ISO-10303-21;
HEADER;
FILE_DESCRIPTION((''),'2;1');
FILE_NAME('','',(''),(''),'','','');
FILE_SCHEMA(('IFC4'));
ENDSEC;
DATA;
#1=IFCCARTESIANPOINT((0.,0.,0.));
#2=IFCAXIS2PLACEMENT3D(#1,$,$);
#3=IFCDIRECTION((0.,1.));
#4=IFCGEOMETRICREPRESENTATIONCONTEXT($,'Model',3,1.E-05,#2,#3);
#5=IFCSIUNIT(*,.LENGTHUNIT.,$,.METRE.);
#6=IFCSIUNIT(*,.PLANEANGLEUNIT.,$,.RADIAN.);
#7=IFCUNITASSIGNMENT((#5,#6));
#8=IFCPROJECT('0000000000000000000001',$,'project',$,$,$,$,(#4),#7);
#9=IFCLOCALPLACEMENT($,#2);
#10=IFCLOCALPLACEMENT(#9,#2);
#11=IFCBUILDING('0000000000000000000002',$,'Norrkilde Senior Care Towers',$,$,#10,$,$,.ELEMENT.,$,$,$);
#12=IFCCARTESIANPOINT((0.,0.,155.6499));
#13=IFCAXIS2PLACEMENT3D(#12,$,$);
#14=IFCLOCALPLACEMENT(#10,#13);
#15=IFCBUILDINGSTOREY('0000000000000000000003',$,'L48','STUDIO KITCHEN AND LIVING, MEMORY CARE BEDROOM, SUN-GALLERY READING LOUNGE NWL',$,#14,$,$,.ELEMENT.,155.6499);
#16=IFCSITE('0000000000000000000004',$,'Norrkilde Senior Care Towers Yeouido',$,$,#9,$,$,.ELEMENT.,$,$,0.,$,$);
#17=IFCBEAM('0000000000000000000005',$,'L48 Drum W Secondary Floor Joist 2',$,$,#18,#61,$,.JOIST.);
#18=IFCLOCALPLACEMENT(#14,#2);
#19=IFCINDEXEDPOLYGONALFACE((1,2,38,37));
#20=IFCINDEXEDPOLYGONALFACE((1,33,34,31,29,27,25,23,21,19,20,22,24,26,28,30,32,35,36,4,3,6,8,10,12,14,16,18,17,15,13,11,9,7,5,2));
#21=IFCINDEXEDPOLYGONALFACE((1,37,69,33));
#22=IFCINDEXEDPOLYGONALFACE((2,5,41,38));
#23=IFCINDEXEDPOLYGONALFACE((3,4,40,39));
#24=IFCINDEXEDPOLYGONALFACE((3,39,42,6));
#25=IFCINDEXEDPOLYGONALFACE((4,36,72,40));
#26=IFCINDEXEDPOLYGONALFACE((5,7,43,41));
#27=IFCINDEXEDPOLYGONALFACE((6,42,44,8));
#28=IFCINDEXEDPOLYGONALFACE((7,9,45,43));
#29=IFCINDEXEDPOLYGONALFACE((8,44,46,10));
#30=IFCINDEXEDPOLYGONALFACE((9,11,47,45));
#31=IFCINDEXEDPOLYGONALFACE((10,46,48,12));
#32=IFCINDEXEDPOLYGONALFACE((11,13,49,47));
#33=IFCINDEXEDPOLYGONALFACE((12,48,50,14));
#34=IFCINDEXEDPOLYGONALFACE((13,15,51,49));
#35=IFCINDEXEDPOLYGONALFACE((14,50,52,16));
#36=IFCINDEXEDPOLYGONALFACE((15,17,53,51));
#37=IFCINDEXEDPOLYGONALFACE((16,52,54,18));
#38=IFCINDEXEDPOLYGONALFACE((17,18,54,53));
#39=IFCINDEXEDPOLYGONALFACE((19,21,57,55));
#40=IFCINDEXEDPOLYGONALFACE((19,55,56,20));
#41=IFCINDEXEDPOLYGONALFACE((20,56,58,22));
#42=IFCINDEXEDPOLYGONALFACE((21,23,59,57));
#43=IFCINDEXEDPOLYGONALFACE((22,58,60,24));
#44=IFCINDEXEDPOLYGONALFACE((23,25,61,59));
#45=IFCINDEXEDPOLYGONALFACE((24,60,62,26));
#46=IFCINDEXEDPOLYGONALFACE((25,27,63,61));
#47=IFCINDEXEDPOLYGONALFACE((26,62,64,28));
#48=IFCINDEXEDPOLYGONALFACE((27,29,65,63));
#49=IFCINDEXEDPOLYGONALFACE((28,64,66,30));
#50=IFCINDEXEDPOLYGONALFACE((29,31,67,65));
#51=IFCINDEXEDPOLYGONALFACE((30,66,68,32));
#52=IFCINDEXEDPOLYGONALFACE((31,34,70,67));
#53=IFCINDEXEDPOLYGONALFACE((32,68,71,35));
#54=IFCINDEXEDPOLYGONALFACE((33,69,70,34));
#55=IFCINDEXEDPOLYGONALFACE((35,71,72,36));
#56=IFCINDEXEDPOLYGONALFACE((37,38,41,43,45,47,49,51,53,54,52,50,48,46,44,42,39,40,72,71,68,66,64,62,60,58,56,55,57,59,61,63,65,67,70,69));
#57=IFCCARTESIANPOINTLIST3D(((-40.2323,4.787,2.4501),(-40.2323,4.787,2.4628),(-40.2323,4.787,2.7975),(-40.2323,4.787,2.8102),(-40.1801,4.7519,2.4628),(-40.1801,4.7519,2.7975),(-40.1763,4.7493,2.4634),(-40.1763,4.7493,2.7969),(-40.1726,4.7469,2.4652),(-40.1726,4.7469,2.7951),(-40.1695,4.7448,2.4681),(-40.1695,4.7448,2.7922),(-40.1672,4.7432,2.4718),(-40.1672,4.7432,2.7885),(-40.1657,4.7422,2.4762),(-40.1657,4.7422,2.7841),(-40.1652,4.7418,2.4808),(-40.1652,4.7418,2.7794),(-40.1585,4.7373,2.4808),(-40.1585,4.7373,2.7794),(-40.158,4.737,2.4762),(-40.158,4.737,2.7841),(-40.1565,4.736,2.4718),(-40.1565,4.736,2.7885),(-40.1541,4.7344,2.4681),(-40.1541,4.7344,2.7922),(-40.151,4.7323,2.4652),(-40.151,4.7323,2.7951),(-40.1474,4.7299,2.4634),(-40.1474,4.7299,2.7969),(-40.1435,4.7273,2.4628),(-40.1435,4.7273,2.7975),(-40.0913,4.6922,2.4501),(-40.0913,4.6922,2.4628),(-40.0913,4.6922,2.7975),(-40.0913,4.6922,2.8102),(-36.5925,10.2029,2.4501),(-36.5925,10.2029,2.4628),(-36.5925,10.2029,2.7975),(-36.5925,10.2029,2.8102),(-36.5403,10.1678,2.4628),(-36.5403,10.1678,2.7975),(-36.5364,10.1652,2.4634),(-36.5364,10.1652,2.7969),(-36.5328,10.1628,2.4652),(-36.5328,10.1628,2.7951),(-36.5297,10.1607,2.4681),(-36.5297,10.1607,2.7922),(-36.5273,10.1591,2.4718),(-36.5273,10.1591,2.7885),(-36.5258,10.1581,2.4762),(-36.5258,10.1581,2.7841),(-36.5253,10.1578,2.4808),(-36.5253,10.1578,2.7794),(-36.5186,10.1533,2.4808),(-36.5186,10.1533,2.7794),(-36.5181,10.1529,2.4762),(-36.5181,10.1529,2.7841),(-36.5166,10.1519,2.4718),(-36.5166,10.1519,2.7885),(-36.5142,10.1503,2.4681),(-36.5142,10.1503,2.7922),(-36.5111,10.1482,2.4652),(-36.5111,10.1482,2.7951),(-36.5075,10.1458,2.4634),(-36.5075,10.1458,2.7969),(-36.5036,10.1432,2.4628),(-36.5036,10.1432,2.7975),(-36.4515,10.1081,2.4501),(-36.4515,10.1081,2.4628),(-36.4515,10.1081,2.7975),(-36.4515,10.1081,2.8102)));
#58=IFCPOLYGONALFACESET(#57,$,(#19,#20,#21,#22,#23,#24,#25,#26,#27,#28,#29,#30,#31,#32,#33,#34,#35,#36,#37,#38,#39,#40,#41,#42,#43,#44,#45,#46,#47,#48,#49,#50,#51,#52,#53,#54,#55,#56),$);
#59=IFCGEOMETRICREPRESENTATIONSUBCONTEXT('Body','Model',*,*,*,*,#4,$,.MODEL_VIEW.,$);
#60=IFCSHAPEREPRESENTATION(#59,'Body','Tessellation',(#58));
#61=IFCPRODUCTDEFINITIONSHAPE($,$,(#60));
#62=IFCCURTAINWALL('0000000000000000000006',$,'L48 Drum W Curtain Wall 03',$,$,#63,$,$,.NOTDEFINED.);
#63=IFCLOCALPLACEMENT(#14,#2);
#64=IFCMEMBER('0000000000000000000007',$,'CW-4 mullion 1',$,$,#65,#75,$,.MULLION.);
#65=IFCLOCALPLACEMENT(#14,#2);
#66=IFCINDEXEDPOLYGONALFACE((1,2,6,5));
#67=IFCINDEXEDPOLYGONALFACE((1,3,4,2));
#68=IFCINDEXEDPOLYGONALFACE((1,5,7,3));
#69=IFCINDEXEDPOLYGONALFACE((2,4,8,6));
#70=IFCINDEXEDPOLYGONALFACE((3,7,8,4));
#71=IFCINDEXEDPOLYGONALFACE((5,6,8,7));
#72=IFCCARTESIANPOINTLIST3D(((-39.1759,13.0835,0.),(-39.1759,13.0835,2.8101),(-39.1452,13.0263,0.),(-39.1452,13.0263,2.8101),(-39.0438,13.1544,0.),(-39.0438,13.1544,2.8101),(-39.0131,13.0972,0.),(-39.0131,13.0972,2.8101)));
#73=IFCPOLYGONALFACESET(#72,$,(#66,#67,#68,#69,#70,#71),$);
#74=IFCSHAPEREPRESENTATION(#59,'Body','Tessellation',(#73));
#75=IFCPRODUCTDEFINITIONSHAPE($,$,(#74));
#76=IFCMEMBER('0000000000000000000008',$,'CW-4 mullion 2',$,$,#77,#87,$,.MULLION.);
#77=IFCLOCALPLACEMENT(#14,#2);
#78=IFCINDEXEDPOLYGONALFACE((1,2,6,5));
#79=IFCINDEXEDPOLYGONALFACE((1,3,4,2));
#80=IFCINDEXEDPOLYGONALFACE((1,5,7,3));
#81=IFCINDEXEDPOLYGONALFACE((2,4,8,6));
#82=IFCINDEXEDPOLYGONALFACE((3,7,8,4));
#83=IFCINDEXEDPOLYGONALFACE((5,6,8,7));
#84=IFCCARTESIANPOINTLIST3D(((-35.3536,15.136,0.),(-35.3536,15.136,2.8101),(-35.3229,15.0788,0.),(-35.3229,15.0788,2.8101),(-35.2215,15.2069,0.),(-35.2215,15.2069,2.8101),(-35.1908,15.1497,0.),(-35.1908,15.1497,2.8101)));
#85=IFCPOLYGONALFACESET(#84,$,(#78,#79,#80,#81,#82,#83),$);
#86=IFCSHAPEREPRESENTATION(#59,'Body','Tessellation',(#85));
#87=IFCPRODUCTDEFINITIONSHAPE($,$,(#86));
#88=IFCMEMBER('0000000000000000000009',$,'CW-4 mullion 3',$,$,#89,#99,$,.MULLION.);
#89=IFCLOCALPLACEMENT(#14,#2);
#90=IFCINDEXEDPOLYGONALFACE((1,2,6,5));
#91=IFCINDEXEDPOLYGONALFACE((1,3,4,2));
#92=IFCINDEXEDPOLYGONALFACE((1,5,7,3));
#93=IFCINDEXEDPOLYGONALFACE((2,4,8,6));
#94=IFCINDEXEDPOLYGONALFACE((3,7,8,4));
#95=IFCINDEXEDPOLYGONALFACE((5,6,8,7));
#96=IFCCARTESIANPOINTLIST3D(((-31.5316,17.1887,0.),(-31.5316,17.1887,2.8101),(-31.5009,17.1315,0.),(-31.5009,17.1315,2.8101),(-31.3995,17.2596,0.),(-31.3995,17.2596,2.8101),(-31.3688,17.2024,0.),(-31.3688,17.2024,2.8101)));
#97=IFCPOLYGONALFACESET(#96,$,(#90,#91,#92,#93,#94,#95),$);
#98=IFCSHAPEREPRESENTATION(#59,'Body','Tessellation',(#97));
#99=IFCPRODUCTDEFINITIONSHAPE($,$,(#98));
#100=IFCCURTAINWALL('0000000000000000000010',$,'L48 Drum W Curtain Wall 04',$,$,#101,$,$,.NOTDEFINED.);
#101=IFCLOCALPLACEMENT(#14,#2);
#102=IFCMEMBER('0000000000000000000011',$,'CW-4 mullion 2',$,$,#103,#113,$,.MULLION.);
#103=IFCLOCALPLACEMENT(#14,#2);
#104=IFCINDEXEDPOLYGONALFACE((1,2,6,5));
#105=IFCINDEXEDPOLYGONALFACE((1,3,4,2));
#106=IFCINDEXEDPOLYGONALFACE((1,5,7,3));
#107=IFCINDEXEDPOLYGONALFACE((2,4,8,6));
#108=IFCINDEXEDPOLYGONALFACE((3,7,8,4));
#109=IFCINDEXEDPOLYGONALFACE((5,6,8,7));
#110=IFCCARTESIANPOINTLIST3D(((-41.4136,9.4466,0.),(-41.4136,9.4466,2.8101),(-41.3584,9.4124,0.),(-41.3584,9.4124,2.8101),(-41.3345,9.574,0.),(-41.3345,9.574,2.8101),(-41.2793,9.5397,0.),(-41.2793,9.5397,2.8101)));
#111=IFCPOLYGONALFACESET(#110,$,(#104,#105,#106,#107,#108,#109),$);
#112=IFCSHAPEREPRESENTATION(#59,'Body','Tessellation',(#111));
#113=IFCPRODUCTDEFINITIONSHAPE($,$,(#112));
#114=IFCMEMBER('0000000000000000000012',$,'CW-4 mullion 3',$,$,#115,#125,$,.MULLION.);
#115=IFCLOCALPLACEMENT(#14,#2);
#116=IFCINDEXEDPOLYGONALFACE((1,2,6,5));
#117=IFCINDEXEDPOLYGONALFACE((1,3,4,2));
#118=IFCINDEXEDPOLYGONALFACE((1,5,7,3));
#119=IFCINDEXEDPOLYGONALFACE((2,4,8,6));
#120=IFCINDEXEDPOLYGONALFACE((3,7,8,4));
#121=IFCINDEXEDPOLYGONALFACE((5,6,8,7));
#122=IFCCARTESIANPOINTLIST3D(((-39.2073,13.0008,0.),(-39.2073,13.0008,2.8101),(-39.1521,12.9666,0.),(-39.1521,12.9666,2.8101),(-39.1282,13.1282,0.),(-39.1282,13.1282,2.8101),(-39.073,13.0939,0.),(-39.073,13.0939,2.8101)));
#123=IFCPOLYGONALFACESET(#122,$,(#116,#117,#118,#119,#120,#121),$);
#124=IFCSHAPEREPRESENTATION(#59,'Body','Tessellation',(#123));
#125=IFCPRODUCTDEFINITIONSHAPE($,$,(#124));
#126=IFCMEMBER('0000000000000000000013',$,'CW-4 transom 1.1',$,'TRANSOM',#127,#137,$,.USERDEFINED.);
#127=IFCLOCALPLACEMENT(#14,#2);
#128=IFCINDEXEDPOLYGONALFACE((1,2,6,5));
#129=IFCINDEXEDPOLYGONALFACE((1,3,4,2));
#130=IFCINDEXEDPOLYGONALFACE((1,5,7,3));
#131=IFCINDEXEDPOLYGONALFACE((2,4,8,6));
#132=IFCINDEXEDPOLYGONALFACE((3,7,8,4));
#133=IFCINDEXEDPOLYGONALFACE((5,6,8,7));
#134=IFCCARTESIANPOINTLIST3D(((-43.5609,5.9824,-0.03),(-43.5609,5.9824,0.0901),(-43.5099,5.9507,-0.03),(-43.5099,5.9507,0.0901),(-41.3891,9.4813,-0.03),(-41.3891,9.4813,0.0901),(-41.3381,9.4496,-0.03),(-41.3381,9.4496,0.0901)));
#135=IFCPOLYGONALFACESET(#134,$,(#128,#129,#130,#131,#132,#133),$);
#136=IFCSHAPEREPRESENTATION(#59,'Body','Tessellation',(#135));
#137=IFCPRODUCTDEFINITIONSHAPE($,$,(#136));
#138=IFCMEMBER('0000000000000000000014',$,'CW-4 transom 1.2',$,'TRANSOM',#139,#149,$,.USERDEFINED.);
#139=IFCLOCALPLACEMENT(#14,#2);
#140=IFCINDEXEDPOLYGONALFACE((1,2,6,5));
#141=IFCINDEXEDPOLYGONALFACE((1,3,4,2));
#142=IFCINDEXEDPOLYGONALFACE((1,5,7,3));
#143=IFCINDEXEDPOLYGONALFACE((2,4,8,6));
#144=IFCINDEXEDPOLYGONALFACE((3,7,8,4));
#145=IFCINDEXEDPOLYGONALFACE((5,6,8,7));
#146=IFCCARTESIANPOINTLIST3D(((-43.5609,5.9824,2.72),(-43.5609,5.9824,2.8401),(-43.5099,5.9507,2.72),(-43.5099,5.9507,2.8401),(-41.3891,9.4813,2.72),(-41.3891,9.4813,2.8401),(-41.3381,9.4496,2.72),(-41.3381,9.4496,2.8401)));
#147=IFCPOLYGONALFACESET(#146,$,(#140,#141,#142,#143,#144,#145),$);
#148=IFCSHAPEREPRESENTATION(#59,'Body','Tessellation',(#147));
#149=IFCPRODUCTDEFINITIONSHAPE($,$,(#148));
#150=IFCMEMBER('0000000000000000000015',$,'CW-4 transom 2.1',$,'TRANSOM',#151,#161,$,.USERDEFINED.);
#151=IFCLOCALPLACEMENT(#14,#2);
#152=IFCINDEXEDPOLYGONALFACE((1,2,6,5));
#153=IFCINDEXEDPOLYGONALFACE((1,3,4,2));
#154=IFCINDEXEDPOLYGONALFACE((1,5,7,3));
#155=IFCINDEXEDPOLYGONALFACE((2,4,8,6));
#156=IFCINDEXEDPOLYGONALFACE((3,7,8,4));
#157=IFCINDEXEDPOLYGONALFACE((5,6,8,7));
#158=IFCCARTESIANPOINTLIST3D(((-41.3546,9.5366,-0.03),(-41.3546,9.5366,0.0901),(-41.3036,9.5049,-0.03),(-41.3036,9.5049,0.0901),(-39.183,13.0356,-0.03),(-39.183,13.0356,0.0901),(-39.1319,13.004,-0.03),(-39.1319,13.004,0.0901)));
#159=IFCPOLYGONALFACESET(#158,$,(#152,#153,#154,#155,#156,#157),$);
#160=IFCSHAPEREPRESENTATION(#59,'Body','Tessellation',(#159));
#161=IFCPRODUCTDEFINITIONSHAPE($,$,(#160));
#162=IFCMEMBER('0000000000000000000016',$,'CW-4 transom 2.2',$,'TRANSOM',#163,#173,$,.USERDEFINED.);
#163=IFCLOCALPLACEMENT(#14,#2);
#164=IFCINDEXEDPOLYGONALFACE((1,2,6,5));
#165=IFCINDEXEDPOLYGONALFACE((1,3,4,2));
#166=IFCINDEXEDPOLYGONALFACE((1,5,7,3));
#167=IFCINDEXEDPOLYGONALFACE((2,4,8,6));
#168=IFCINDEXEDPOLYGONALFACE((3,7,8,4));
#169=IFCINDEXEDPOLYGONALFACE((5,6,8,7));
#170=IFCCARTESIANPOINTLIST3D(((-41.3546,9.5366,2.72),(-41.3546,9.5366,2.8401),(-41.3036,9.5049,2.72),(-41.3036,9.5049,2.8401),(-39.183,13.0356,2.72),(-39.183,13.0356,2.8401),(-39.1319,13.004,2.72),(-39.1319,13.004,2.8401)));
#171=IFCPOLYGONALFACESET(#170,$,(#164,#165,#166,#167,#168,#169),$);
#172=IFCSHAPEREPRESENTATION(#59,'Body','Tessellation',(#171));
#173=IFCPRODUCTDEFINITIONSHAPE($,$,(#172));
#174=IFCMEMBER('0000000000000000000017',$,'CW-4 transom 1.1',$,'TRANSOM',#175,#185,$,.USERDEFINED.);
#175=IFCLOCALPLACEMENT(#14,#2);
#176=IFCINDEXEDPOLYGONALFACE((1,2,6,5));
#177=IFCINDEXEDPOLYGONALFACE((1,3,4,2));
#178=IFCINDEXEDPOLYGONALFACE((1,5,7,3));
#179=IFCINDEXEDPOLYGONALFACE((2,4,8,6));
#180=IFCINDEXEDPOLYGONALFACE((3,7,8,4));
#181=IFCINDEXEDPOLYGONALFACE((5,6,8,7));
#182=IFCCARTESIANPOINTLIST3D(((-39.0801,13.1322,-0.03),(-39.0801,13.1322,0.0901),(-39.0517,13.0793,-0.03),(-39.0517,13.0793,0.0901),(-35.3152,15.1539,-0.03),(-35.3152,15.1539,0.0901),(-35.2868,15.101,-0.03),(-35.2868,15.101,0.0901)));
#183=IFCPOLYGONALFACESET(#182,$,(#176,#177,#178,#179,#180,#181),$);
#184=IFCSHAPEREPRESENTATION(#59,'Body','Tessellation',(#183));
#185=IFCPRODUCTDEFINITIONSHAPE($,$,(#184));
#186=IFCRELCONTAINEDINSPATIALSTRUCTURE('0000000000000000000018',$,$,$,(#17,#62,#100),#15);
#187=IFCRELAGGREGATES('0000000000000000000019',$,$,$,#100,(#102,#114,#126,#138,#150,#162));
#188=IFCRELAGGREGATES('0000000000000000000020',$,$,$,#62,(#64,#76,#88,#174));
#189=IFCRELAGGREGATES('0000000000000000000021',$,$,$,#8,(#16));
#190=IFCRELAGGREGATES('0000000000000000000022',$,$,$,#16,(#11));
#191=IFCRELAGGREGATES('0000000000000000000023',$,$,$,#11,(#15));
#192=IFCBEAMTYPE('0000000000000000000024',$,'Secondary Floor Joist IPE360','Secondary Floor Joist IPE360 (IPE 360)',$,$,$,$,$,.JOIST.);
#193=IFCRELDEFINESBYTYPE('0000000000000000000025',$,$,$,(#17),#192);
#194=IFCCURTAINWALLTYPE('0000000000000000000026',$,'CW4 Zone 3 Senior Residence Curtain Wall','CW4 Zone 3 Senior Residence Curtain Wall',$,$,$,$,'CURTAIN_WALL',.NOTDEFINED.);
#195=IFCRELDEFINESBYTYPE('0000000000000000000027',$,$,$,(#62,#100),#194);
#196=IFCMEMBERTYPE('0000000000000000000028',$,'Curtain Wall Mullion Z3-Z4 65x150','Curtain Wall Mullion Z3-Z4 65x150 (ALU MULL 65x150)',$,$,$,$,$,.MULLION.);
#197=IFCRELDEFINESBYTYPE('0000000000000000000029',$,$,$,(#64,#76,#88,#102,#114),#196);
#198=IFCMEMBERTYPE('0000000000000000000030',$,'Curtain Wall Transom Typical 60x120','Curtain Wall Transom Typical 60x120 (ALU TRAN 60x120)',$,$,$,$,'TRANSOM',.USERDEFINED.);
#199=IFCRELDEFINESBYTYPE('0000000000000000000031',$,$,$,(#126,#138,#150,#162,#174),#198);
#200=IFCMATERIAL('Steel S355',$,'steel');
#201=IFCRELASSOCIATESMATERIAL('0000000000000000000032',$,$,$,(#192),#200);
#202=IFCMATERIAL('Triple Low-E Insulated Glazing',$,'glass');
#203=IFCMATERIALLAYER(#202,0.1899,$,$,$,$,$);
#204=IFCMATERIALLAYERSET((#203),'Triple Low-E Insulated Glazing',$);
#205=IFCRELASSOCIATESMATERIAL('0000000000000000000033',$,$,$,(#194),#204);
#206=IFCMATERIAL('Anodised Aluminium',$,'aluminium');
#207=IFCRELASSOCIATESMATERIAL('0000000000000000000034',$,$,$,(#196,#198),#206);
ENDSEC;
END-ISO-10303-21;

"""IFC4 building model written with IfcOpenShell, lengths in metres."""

from ifc_helpers import new_model, si_unit, direction, frame, origin, origin_2d, place, context, subcontext, project, spatial, rectangle, i_section, extrude, source, transform, mapped, material, layer, layer_set, material_profile, profile_set, type_object, type_shapes, element, aggregate, save


model = new_model("IFC4")

# Units and contexts
model_context = context("Model", 3, precision=1e-05, world=origin(), true_north=direction((0.0, 1.0)))
body_context = subcontext(model_context, "Body", "Model", "MODEL_VIEW")
ifc_project = project(units=[si_unit("LENGTHUNIT", "METRE"), si_unit("PLANEANGLEUNIT", "RADIAN")], contexts=[model_context])

# Site, building, storey
site_placement = place(None, origin())
site = spatial("IfcSite", under=ifc_project, at=site_placement, Name="Norrkilde Senior Care Towers Yeouido", CompositionType="ELEMENT", RefElevation=0.0)
building_placement = place(site_placement, origin())
building = spatial("IfcBuilding", under=site, at=building_placement, Name="Norrkilde Senior Care Towers", CompositionType="ELEMENT")
storey_placement = place(building_placement, frame((0.0, 0.0, 155.6499)))
storey = spatial("IfcBuildingStorey", under=building, at=storey_placement, Name="L48", Description="STUDIO KITCHEN AND LIVING, MEMORY CARE BEDROOM, SUN-GALLERY READING LOUNGE NWL", CompositionType="ELEMENT", Elevation=155.6499)

# Beam
ifc_material_1 = material(Name="Steel S355", Category="steel")
ifc_material_profile_1 = material_profile(ifc_material_1, i_section(OverallWidth=0.1699, OverallDepth=0.3601, WebThickness=0.0081, FlangeThickness=0.0127, FilletRadius=0.0181, at=origin_2d()), Name="IPE 360")
ifc_profile_set_1 = profile_set([ifc_material_profile_1], Name="Steel S355")
beam_type_1 = type_object("IfcBeamType", Name="Secondary Floor Joist IPE360", Description="Secondary Floor Joist IPE360 (IPE 360)", PredefinedType="JOIST", material=ifc_profile_set_1)
shared_shape_1 = source(origin(), body_context, "Body", "SweptSolid", [
    extrude(i_section(OverallWidth=0.1699, OverallDepth=0.3601, WebThickness=0.0081, FlangeThickness=0.0127, FilletRadius=0.0181, at=origin_2d()), origin(), (0.0, 0.0, 1.0), 6.5254),
])
type_shapes(beam_type_1, [shared_shape_1])
beam_1_placement = place(storey_placement, frame((-36.522, 10.1555, 2.6301), z_axis=(-0.557796, -0.829978, 0.0), x_axis=(0.829978, -0.557796, 0.0)))
element("IfcBeam", 1, at=beam_1_placement, inside=storey, type_object=beam_type_1, Name="L48 Drum W Secondary Floor Joist 2", PredefinedType="JOIST", context=body_context, shape_type="MappedRepresentation", body=[
    mapped(shared_shape_1, transform((0.0, 0.0, 0.0), x_axis=(1.0, 0.0, 0.0), y_axis=(0.0, 1.0, 0.0), z_axis=(0.0, 0.0, 1.0), scale=1.0)),
])

# Curtain walls, members
ifc_material_2 = material(Name="Triple Low-E Insulated Glazing", Category="glass")
ifc_layer_1 = layer(ifc_material_2, 0.1899)
ifc_layer_set_1 = layer_set([ifc_layer_1], Name="Triple Low-E Insulated Glazing")
curtain_wall_type = type_object("IfcCurtainWallType", Name="CW4 Zone 3 Senior Residence Curtain Wall", Description="CW4 Zone 3 Senior Residence Curtain Wall", ElementType="CURTAIN_WALL", PredefinedType="NOTDEFINED", material=ifc_layer_set_1)
curtain_wall_1_placement = place(storey_placement, origin())
curtain_wall_1 = element("IfcCurtainWall", 2, at=curtain_wall_1_placement, inside=storey, type_object=curtain_wall_type, Name="L48 Drum W Curtain Wall 03", PredefinedType="NOTDEFINED")
ifc_material_3 = material(Name="Anodised Aluminium", Category="aluminium")
ifc_material_profile_2 = material_profile(ifc_material_3, rectangle(XDim=0.0649, YDim=0.1499, at=origin_2d()), Name="ALU MULL 65x150")
ifc_profile_set_2 = profile_set([ifc_material_profile_2], Name="Anodised Aluminium")
member_type_1 = type_object("IfcMemberType", Name="Curtain Wall Mullion Z3-Z4 65x150", Description="Curtain Wall Mullion Z3-Z4 65x150 (ALU MULL 65x150)", PredefinedType="MULLION", material=ifc_profile_set_2)
shared_shape_2 = source(origin(), body_context, "Body", "SweptSolid", [
    extrude(rectangle(XDim=0.0649, YDim=0.1499, at=origin_2d()), origin(), (0.0, 0.0, 1.0), 2.8101),
])
type_shapes(member_type_1, [shared_shape_2])
member_1_placement = place(storey_placement, frame((-39.0945, 13.0903, 0.0), z_axis=(0.0, 0.0, 1.0), x_axis=(-0.473117, 0.881, 0.0)))
member_1 = element("IfcMember", 3, at=member_1_placement, type_object=member_type_1, Name="CW-4 mullion 1", PredefinedType="MULLION", context=body_context, shape_type="MappedRepresentation", body=[
    mapped(shared_shape_2, transform((0.0, 0.0, 0.0), x_axis=(1.0, 0.0, 0.0), y_axis=(0.0, 1.0, 0.0), z_axis=(0.0, 0.0, 1.0), scale=1.0)),
])
member_2_placement = place(storey_placement, frame((-35.2722, 15.1428, 0.0), z_axis=(0.0, 0.0, 1.0), x_axis=(-0.473117, 0.881, 0.0)))
member_2 = element("IfcMember", 4, at=member_2_placement, type_object=member_type_1, Name="CW-4 mullion 2", PredefinedType="MULLION", context=body_context, shape_type="MappedRepresentation", body=[
    mapped(shared_shape_2, transform((0.0, 0.0, 0.0), x_axis=(1.0, 0.0, 0.0), y_axis=(0.0, 1.0, 0.0), z_axis=(0.0, 0.0, 1.0), scale=1.0)),
])
member_3_placement = place(storey_placement, frame((-31.4502, 17.1956, 0.0), z_axis=(0.0, 0.0, 1.0), x_axis=(-0.473117, 0.881, 0.0)))
member_3 = element("IfcMember", 5, at=member_3_placement, type_object=member_type_1, Name="CW-4 mullion 3", PredefinedType="MULLION", context=body_context, shape_type="MappedRepresentation", body=[
    mapped(shared_shape_2, transform((0.0, 0.0, 0.0), x_axis=(1.0, 0.0, 0.0), y_axis=(0.0, 1.0, 0.0), z_axis=(0.0, 0.0, 1.0), scale=1.0)),
])
curtain_wall_2_placement = place(storey_placement, origin())
curtain_wall_2 = element("IfcCurtainWall", 6, at=curtain_wall_2_placement, inside=storey, type_object=curtain_wall_type, Name="L48 Drum W Curtain Wall 04", PredefinedType="NOTDEFINED")
member_4_placement = place(storey_placement, frame((-41.3464, 9.4932, 0.0), z_axis=(0.0, 0.0, 1.0), x_axis=(-0.849634, 0.527373, 0.0)))
member_4 = element("IfcMember", 7, at=member_4_placement, type_object=member_type_1, Name="CW-4 mullion 2", PredefinedType="MULLION", context=body_context, shape_type="MappedRepresentation", body=[
    mapped(shared_shape_2, transform((0.0, 0.0, 0.0), x_axis=(1.0, 0.0, 0.0), y_axis=(0.0, 1.0, 0.0), z_axis=(0.0, 0.0, 1.0), scale=1.0)),
])
member_5_placement = place(storey_placement, frame((-39.1401, 13.0474, 0.0), z_axis=(0.0, 0.0, 1.0), x_axis=(-0.849634, 0.527373, 0.0)))
member_5 = element("IfcMember", 8, at=member_5_placement, type_object=member_type_1, Name="CW-4 mullion 3", PredefinedType="MULLION", context=body_context, shape_type="MappedRepresentation", body=[
    mapped(shared_shape_2, transform((0.0, 0.0, 0.0), x_axis=(1.0, 0.0, 0.0), y_axis=(0.0, 1.0, 0.0), z_axis=(0.0, 0.0, 1.0), scale=1.0)),
])
ifc_material_profile_3 = material_profile(ifc_material_3, rectangle(XDim=0.0601, YDim=0.1201, at=origin_2d()), Name="ALU TRAN 60x120")
ifc_profile_set_3 = profile_set([ifc_material_profile_3], Name="Anodised Aluminium")
member_type_2 = type_object("IfcMemberType", Name="Curtain Wall Transom Typical 60x120", Description="Curtain Wall Transom Typical 60x120 (ALU TRAN 60x120)", ElementType="TRANSOM", PredefinedType="USERDEFINED", material=ifc_profile_set_3)
shared_shape_3 = source(origin(), body_context, "Body", "SweptSolid", [
    extrude(rectangle(XDim=0.0601, YDim=0.1201, at=origin_2d()), origin(), (0.0, 0.0, 1.0), 4.1182),
])
member_6_placement = place(storey_placement, frame((-43.5354, 5.9666, 0.03), z_axis=(0.527375, 0.849633, 0.0), x_axis=(-0.849633, 0.527375, 0.0)))
member_6 = element("IfcMember", 9, at=member_6_placement, type_object=member_type_2, Name="CW-4 transom 1.1", ObjectType="TRANSOM", PredefinedType="USERDEFINED", context=body_context, shape_type="MappedRepresentation", body=[
    mapped(shared_shape_3, transform((0.0, 0.0, 0.0), x_axis=(1.0, 0.0, 0.0), y_axis=(0.0, 1.0, 0.0), z_axis=(0.0, 0.0, 1.0), scale=1.0)),
])
member_7_placement = place(storey_placement, frame((-43.5354, 5.9666, 2.78), z_axis=(0.527375, 0.849633, 0.0), x_axis=(-0.849633, 0.527375, 0.0)))
member_7 = element("IfcMember", 10, at=member_7_placement, type_object=member_type_2, Name="CW-4 transom 1.2", ObjectType="TRANSOM", PredefinedType="USERDEFINED", context=body_context, shape_type="MappedRepresentation", body=[
    mapped(shared_shape_3, transform((0.0, 0.0, 0.0), x_axis=(1.0, 0.0, 0.0), y_axis=(0.0, 1.0, 0.0), z_axis=(0.0, 0.0, 1.0), scale=1.0)),
])
member_8_placement = place(storey_placement, frame((-41.3291, 9.5208, 0.03), z_axis=(0.527332, 0.849659, 0.0), x_axis=(-0.849659, 0.527332, 0.0)))
member_8 = element("IfcMember", 11, at=member_8_placement, type_object=member_type_2, Name="CW-4 transom 2.1", ObjectType="TRANSOM", PredefinedType="USERDEFINED", context=body_context, shape_type="MappedRepresentation", body=[
    mapped(shared_shape_3, transform((0.0, 0.0, 0.0), x_axis=(1.0, 0.0, 0.0), y_axis=(0.0, 1.0, 0.0), z_axis=(0.0, 0.0, 1.0), scale=1.0)),
])
member_9_placement = place(storey_placement, frame((-41.3291, 9.5208, 2.78), z_axis=(0.527332, 0.849659, 0.0), x_axis=(-0.849659, 0.527332, 0.0)))
member_9 = element("IfcMember", 12, at=member_9_placement, type_object=member_type_2, Name="CW-4 transom 2.2", ObjectType="TRANSOM", PredefinedType="USERDEFINED", context=body_context, shape_type="MappedRepresentation", body=[
    mapped(shared_shape_3, transform((0.0, 0.0, 0.0), x_axis=(1.0, 0.0, 0.0), y_axis=(0.0, 1.0, 0.0), z_axis=(0.0, 0.0, 1.0), scale=1.0)),
])

# Member
shared_shape_4 = source(origin(), body_context, "Body", "SweptSolid", [
    extrude(rectangle(XDim=0.0601, YDim=0.1201, at=origin_2d()), origin(), (0.0, 0.0, 1.0), 4.2734),
])
type_shapes(member_type_2, [shared_shape_3, shared_shape_4])
member_10_placement = place(storey_placement, frame((-39.0659, 13.1057, 0.03), z_axis=(0.88101, 0.473098, 0.0), x_axis=(-0.473098, 0.88101, 0.0)))
member_10 = element("IfcMember", 13, at=member_10_placement, type_object=member_type_2, Name="CW-4 transom 1.1", ObjectType="TRANSOM", PredefinedType="USERDEFINED", context=body_context, shape_type="MappedRepresentation", body=[
    mapped(shared_shape_4, transform((0.0, 0.0, 0.0), x_axis=(1.0, 0.0, 0.0), y_axis=(0.0, 1.0, 0.0), z_axis=(0.0, 0.0, 1.0), scale=1.0)),
])

aggregate(curtain_wall_2, [member_4, member_5, member_6, member_7, member_8, member_9])
aggregate(curtain_wall_1, [member_1, member_2, member_3, member_10])

save(model, "model.ifc")
